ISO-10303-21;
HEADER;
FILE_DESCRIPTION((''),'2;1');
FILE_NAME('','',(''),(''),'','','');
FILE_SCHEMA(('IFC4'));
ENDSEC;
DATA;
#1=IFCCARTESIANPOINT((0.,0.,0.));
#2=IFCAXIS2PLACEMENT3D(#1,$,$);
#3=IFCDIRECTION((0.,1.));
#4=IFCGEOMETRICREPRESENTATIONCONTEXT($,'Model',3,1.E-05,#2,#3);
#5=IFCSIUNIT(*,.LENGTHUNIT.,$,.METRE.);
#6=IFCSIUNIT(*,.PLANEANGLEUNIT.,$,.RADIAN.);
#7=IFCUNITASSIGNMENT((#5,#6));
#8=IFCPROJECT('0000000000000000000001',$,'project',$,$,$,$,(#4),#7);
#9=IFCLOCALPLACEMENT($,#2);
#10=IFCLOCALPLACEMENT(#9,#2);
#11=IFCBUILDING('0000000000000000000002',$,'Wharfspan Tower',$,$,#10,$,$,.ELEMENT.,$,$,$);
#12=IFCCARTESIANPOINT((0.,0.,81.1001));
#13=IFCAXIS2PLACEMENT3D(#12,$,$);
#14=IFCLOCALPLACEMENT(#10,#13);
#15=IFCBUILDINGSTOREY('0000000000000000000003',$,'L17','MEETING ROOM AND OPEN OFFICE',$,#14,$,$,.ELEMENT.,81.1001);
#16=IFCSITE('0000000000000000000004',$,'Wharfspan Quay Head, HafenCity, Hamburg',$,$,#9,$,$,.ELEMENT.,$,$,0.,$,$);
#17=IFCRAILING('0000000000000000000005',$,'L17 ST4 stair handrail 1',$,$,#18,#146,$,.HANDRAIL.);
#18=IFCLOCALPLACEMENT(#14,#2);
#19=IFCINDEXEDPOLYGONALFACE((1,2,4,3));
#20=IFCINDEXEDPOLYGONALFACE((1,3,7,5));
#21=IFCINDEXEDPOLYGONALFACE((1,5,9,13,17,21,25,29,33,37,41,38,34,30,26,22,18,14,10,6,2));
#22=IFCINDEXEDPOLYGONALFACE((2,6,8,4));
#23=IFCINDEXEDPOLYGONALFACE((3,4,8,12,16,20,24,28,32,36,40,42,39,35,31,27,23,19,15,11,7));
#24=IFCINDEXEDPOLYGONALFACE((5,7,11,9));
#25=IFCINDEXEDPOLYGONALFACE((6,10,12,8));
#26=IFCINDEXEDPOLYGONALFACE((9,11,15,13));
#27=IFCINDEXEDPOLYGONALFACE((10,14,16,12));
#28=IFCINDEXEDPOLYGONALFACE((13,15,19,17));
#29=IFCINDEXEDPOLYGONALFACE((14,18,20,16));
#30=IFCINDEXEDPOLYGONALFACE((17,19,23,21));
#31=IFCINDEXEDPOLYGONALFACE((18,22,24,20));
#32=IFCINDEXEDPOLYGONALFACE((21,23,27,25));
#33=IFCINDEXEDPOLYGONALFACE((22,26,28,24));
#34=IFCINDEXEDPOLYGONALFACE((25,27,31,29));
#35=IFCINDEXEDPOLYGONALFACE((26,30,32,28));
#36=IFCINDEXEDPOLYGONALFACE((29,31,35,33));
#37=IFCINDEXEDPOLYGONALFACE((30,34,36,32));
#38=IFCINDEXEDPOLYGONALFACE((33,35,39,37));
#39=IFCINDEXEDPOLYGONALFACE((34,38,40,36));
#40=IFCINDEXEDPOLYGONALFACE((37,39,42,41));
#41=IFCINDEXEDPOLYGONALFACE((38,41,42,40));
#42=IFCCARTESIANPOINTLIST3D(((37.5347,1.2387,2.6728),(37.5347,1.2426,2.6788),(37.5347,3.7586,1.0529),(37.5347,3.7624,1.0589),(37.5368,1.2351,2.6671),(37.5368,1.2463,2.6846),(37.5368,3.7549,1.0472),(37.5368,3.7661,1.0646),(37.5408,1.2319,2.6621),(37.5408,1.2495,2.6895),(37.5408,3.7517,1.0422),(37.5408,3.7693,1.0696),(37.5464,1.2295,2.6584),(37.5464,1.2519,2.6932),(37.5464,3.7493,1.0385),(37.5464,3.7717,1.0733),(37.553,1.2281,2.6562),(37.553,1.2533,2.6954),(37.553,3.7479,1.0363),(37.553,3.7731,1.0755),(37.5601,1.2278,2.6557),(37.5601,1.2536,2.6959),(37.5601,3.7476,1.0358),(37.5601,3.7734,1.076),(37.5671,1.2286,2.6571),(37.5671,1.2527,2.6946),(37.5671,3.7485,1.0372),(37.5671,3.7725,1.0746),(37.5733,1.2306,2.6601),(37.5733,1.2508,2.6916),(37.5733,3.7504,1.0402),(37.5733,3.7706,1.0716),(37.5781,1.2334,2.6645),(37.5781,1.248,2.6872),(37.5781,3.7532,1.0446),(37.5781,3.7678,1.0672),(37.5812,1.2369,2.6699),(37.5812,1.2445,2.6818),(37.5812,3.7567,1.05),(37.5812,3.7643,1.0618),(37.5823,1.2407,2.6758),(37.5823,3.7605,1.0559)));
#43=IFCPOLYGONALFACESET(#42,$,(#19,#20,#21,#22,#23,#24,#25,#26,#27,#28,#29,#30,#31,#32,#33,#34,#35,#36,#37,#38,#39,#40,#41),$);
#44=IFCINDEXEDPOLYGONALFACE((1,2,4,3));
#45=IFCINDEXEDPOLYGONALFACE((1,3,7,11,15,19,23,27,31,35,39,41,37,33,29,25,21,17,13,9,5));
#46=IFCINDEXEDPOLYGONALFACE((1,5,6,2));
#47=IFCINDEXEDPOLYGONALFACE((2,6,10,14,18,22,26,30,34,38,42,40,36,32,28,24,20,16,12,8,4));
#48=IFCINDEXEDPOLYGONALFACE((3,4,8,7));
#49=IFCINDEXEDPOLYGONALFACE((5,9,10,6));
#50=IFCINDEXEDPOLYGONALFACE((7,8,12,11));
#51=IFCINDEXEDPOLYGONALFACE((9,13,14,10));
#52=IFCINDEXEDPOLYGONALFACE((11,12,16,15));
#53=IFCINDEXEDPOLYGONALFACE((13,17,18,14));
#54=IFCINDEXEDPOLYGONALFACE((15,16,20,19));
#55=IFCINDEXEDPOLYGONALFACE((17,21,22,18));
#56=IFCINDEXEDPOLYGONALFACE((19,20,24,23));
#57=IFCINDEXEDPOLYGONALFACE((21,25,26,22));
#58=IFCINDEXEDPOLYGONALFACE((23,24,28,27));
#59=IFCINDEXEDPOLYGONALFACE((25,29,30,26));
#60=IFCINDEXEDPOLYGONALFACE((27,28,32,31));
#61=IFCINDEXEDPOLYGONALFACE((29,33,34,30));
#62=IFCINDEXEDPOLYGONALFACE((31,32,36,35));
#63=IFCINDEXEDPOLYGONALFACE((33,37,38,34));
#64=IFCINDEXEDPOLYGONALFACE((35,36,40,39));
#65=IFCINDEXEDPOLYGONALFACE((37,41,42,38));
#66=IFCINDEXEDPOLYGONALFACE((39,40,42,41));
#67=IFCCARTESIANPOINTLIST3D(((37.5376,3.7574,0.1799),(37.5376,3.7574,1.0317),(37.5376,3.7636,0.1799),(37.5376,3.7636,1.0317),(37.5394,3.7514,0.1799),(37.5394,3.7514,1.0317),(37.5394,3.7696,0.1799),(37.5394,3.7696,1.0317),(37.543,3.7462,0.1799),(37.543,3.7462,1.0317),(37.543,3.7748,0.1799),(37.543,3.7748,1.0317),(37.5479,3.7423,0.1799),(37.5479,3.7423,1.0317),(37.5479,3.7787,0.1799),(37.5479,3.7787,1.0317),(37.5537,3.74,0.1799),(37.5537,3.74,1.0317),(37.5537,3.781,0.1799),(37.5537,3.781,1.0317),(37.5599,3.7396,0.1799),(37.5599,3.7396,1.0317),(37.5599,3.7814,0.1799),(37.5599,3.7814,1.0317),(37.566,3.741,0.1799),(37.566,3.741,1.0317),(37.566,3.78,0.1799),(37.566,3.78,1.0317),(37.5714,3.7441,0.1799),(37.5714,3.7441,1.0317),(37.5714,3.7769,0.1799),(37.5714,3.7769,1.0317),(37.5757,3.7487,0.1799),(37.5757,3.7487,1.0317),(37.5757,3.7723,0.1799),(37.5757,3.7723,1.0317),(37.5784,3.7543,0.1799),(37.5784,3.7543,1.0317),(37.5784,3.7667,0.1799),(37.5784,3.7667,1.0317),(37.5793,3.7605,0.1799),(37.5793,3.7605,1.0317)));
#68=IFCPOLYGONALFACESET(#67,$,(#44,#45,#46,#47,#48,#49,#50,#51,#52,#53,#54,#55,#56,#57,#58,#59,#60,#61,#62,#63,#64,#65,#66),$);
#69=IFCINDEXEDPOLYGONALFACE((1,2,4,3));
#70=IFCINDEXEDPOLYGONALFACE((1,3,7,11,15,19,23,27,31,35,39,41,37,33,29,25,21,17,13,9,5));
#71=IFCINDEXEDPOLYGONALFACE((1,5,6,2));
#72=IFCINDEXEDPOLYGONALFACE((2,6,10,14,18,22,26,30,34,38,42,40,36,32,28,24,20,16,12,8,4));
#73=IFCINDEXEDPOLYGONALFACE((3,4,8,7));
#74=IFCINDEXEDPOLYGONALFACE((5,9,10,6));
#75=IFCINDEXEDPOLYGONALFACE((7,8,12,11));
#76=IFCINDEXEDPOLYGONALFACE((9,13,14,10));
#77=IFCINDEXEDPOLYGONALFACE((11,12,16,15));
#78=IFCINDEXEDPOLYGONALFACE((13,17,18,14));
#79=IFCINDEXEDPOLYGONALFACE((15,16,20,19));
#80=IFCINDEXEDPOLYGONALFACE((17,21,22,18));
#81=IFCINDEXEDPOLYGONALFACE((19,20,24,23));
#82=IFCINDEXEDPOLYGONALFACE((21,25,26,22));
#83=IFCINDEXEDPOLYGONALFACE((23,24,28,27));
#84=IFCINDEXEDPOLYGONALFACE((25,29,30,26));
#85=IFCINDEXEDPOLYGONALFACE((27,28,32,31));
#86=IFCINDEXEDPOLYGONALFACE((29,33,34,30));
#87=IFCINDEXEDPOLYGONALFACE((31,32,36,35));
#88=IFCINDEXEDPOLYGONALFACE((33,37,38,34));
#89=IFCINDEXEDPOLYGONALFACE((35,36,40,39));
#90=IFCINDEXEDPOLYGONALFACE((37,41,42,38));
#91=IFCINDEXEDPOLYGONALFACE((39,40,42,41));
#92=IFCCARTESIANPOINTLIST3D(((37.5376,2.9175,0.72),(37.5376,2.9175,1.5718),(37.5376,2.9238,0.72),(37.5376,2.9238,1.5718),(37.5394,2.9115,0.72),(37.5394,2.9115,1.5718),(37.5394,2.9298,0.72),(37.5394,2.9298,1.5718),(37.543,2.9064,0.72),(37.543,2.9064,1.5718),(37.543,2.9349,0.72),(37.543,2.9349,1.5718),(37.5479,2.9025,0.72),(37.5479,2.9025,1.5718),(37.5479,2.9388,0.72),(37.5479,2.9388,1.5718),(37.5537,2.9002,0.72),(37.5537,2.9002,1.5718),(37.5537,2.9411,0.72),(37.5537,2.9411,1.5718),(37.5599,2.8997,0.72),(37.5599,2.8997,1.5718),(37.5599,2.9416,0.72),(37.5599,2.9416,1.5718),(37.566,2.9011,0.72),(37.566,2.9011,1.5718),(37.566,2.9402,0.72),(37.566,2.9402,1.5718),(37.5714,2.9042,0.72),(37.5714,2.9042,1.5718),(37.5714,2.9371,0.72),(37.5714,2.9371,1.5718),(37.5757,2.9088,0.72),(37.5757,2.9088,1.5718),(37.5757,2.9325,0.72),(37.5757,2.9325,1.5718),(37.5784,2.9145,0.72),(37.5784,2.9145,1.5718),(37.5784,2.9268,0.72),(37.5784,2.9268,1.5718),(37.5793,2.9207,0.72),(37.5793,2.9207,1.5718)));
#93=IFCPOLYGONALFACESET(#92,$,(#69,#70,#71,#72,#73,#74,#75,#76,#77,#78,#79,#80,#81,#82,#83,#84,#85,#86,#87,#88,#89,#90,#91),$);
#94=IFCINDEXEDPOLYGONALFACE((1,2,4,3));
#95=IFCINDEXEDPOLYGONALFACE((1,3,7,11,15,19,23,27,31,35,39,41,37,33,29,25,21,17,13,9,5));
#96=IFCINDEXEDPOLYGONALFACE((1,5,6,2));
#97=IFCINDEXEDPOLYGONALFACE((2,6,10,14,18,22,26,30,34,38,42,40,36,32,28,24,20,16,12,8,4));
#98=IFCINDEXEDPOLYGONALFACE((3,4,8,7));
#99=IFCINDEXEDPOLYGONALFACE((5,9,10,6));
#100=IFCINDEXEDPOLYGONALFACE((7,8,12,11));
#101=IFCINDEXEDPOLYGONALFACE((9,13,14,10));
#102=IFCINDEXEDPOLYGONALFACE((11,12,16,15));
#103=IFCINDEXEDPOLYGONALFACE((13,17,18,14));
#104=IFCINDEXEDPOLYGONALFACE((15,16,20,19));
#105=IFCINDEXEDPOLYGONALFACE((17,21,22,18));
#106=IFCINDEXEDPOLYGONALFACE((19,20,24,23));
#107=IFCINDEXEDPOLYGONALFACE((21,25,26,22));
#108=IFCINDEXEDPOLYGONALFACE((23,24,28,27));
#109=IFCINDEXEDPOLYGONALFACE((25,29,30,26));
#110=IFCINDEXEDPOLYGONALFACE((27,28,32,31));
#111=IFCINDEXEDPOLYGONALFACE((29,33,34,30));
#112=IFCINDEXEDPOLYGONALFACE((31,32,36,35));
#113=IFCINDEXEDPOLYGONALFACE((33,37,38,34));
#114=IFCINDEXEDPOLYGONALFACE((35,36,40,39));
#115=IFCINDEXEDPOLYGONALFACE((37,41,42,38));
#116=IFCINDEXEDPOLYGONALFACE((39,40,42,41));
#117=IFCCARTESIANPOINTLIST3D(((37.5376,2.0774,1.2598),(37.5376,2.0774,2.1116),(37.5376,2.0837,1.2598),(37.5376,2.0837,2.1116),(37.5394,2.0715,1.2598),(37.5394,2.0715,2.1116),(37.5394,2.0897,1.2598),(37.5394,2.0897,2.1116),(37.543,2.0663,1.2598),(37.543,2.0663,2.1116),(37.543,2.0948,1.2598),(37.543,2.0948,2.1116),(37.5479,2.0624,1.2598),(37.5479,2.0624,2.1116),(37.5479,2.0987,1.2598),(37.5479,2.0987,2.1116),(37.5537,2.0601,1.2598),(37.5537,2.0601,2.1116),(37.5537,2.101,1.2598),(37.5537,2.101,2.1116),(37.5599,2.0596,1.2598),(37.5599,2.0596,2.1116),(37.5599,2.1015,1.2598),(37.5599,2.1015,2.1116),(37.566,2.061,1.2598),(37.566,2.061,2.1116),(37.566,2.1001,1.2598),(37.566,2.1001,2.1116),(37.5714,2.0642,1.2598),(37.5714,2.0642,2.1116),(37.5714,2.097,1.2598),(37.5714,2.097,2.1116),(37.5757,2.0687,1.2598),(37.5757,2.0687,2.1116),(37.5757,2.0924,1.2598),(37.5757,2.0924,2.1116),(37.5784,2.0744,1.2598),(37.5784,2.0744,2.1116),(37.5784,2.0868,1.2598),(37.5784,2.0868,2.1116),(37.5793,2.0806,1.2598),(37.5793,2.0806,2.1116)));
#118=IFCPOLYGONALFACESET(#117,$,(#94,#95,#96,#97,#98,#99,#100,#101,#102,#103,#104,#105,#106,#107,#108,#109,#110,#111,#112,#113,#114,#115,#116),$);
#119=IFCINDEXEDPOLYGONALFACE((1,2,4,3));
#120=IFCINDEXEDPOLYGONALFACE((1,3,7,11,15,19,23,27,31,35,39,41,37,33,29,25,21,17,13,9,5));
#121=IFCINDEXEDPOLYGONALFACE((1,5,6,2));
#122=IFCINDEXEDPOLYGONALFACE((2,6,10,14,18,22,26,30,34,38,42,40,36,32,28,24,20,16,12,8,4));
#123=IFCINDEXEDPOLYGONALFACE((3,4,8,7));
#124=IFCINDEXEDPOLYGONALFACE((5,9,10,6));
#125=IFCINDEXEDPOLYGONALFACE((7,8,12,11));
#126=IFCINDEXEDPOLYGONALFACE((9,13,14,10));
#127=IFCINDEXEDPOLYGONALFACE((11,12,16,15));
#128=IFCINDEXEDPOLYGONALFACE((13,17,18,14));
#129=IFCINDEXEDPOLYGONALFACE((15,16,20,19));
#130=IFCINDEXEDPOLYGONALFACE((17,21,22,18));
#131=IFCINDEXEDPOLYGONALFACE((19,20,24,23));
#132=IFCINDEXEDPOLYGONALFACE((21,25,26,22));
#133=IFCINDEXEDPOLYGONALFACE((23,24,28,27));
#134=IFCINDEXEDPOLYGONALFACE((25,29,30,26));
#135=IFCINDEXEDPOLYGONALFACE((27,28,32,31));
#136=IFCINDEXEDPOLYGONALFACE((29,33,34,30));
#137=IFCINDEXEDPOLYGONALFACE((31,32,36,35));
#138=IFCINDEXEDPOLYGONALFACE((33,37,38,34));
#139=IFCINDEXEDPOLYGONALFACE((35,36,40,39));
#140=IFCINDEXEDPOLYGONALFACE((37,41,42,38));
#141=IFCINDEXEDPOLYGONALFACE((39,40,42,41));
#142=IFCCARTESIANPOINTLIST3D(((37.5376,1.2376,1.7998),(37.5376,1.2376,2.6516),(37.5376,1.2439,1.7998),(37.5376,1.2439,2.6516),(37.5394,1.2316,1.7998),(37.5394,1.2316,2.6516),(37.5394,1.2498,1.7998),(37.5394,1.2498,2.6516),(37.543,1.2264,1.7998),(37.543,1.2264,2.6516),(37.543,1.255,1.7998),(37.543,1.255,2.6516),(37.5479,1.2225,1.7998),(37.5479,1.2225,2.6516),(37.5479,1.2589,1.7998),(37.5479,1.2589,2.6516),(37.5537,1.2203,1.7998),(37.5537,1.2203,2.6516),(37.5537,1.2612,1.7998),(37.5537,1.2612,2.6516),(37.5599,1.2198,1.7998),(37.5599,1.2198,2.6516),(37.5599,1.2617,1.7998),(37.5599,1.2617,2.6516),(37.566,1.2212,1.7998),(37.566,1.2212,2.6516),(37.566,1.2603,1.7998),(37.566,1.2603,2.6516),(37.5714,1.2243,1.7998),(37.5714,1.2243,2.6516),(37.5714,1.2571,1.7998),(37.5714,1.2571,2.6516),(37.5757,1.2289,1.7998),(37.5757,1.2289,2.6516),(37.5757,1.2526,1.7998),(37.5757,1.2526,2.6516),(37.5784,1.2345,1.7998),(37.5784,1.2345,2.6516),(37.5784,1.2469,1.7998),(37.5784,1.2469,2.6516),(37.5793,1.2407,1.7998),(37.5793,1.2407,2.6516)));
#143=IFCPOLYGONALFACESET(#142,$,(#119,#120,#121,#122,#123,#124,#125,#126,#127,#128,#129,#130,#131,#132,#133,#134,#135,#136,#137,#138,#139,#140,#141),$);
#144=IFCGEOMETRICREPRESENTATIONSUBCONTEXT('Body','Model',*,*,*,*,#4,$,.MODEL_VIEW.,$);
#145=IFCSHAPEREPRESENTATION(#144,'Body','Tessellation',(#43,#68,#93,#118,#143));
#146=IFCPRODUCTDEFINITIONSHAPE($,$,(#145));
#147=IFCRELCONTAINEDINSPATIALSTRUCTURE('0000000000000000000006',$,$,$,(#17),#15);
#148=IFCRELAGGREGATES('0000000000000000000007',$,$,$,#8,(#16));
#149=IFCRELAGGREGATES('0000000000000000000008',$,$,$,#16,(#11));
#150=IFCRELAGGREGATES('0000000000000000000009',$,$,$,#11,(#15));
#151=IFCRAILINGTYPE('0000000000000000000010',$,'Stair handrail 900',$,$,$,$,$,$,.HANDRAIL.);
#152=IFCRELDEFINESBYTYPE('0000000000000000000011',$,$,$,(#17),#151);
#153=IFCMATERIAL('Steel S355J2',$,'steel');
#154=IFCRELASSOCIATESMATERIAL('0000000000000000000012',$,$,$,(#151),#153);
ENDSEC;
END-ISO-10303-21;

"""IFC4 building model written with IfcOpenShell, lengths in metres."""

from ifc_helpers import new_model, si_unit, direction, frame, origin, origin_2d, place, context, subcontext, project, spatial, circle, extrude, material, type_object, element, save


model = new_model("IFC4")

# Units and contexts
model_context = context("Model", 3, precision=1e-05, world=origin(), true_north=direction((0.0, 1.0)))
body_context = subcontext(model_context, "Body", "Model", "MODEL_VIEW")
ifc_project = project(units=[si_unit("LENGTHUNIT", "METRE"), si_unit("PLANEANGLEUNIT", "RADIAN")], contexts=[model_context])

# Site, building, storey
site_placement = place(None, origin())
site = spatial("IfcSite", under=ifc_project, at=site_placement, Name="Wharfspan Quay Head, HafenCity, Hamburg", CompositionType="ELEMENT", RefElevation=0.0)
building_placement = place(site_placement, origin())
building = spatial("IfcBuilding", under=site, at=building_placement, Name="Wharfspan Tower", CompositionType="ELEMENT")
storey_placement = place(building_placement, frame((0.0, 0.0, 81.1001)))
storey = spatial("IfcBuildingStorey", under=building, at=storey_placement, Name="L17", Description="MEETING ROOM AND OPEN OFFICE", CompositionType="ELEMENT", Elevation=81.1001)

# Railing
ifc_material_1 = material(Name="Steel S355J2", Category="steel")
railing_type_1 = type_object("IfcRailingType", Name="Stair handrail 900", PredefinedType="HANDRAIL", material=ifc_material_1)
railing_1_placement = place(storey_placement, frame((37.5583, 3.7605, 0.1799)))
element("IfcRailing", 1, at=railing_1_placement, inside=storey, type_object=railing_type_1, Name="L17 ST4 stair handrail 1", PredefinedType="HANDRAIL", context=body_context, shape_type="SweptSolid", body=[
    extrude(circle(Radius=0.0239, at=origin_2d()), frame((0.0, 0.0, 0.876), z_axis=(0.0, -0.841176, 0.540762), x_axis=(1.0, 0.0, 0.0)), (0.0, 0.0, 1.0), 2.9956),
    extrude(circle(Radius=0.021, at=origin_2d()), origin(), (0.0, 0.0, 1.0), 0.8518),
    extrude(circle(Radius=0.021, at=origin_2d()), frame((0.0, -0.8398, 0.54)), (0.0, 0.0, 1.0), 0.8518),
    extrude(circle(Radius=0.021, at=origin_2d()), frame((0.0, -1.6799, 1.0798)), (0.0, 0.0, 1.0), 0.8518),
    extrude(circle(Radius=0.021, at=origin_2d()), frame((0.0, -2.5198, 1.6199)), (0.0, 0.0, 1.0), 0.8518),
])

save(model, "model.ifc")
